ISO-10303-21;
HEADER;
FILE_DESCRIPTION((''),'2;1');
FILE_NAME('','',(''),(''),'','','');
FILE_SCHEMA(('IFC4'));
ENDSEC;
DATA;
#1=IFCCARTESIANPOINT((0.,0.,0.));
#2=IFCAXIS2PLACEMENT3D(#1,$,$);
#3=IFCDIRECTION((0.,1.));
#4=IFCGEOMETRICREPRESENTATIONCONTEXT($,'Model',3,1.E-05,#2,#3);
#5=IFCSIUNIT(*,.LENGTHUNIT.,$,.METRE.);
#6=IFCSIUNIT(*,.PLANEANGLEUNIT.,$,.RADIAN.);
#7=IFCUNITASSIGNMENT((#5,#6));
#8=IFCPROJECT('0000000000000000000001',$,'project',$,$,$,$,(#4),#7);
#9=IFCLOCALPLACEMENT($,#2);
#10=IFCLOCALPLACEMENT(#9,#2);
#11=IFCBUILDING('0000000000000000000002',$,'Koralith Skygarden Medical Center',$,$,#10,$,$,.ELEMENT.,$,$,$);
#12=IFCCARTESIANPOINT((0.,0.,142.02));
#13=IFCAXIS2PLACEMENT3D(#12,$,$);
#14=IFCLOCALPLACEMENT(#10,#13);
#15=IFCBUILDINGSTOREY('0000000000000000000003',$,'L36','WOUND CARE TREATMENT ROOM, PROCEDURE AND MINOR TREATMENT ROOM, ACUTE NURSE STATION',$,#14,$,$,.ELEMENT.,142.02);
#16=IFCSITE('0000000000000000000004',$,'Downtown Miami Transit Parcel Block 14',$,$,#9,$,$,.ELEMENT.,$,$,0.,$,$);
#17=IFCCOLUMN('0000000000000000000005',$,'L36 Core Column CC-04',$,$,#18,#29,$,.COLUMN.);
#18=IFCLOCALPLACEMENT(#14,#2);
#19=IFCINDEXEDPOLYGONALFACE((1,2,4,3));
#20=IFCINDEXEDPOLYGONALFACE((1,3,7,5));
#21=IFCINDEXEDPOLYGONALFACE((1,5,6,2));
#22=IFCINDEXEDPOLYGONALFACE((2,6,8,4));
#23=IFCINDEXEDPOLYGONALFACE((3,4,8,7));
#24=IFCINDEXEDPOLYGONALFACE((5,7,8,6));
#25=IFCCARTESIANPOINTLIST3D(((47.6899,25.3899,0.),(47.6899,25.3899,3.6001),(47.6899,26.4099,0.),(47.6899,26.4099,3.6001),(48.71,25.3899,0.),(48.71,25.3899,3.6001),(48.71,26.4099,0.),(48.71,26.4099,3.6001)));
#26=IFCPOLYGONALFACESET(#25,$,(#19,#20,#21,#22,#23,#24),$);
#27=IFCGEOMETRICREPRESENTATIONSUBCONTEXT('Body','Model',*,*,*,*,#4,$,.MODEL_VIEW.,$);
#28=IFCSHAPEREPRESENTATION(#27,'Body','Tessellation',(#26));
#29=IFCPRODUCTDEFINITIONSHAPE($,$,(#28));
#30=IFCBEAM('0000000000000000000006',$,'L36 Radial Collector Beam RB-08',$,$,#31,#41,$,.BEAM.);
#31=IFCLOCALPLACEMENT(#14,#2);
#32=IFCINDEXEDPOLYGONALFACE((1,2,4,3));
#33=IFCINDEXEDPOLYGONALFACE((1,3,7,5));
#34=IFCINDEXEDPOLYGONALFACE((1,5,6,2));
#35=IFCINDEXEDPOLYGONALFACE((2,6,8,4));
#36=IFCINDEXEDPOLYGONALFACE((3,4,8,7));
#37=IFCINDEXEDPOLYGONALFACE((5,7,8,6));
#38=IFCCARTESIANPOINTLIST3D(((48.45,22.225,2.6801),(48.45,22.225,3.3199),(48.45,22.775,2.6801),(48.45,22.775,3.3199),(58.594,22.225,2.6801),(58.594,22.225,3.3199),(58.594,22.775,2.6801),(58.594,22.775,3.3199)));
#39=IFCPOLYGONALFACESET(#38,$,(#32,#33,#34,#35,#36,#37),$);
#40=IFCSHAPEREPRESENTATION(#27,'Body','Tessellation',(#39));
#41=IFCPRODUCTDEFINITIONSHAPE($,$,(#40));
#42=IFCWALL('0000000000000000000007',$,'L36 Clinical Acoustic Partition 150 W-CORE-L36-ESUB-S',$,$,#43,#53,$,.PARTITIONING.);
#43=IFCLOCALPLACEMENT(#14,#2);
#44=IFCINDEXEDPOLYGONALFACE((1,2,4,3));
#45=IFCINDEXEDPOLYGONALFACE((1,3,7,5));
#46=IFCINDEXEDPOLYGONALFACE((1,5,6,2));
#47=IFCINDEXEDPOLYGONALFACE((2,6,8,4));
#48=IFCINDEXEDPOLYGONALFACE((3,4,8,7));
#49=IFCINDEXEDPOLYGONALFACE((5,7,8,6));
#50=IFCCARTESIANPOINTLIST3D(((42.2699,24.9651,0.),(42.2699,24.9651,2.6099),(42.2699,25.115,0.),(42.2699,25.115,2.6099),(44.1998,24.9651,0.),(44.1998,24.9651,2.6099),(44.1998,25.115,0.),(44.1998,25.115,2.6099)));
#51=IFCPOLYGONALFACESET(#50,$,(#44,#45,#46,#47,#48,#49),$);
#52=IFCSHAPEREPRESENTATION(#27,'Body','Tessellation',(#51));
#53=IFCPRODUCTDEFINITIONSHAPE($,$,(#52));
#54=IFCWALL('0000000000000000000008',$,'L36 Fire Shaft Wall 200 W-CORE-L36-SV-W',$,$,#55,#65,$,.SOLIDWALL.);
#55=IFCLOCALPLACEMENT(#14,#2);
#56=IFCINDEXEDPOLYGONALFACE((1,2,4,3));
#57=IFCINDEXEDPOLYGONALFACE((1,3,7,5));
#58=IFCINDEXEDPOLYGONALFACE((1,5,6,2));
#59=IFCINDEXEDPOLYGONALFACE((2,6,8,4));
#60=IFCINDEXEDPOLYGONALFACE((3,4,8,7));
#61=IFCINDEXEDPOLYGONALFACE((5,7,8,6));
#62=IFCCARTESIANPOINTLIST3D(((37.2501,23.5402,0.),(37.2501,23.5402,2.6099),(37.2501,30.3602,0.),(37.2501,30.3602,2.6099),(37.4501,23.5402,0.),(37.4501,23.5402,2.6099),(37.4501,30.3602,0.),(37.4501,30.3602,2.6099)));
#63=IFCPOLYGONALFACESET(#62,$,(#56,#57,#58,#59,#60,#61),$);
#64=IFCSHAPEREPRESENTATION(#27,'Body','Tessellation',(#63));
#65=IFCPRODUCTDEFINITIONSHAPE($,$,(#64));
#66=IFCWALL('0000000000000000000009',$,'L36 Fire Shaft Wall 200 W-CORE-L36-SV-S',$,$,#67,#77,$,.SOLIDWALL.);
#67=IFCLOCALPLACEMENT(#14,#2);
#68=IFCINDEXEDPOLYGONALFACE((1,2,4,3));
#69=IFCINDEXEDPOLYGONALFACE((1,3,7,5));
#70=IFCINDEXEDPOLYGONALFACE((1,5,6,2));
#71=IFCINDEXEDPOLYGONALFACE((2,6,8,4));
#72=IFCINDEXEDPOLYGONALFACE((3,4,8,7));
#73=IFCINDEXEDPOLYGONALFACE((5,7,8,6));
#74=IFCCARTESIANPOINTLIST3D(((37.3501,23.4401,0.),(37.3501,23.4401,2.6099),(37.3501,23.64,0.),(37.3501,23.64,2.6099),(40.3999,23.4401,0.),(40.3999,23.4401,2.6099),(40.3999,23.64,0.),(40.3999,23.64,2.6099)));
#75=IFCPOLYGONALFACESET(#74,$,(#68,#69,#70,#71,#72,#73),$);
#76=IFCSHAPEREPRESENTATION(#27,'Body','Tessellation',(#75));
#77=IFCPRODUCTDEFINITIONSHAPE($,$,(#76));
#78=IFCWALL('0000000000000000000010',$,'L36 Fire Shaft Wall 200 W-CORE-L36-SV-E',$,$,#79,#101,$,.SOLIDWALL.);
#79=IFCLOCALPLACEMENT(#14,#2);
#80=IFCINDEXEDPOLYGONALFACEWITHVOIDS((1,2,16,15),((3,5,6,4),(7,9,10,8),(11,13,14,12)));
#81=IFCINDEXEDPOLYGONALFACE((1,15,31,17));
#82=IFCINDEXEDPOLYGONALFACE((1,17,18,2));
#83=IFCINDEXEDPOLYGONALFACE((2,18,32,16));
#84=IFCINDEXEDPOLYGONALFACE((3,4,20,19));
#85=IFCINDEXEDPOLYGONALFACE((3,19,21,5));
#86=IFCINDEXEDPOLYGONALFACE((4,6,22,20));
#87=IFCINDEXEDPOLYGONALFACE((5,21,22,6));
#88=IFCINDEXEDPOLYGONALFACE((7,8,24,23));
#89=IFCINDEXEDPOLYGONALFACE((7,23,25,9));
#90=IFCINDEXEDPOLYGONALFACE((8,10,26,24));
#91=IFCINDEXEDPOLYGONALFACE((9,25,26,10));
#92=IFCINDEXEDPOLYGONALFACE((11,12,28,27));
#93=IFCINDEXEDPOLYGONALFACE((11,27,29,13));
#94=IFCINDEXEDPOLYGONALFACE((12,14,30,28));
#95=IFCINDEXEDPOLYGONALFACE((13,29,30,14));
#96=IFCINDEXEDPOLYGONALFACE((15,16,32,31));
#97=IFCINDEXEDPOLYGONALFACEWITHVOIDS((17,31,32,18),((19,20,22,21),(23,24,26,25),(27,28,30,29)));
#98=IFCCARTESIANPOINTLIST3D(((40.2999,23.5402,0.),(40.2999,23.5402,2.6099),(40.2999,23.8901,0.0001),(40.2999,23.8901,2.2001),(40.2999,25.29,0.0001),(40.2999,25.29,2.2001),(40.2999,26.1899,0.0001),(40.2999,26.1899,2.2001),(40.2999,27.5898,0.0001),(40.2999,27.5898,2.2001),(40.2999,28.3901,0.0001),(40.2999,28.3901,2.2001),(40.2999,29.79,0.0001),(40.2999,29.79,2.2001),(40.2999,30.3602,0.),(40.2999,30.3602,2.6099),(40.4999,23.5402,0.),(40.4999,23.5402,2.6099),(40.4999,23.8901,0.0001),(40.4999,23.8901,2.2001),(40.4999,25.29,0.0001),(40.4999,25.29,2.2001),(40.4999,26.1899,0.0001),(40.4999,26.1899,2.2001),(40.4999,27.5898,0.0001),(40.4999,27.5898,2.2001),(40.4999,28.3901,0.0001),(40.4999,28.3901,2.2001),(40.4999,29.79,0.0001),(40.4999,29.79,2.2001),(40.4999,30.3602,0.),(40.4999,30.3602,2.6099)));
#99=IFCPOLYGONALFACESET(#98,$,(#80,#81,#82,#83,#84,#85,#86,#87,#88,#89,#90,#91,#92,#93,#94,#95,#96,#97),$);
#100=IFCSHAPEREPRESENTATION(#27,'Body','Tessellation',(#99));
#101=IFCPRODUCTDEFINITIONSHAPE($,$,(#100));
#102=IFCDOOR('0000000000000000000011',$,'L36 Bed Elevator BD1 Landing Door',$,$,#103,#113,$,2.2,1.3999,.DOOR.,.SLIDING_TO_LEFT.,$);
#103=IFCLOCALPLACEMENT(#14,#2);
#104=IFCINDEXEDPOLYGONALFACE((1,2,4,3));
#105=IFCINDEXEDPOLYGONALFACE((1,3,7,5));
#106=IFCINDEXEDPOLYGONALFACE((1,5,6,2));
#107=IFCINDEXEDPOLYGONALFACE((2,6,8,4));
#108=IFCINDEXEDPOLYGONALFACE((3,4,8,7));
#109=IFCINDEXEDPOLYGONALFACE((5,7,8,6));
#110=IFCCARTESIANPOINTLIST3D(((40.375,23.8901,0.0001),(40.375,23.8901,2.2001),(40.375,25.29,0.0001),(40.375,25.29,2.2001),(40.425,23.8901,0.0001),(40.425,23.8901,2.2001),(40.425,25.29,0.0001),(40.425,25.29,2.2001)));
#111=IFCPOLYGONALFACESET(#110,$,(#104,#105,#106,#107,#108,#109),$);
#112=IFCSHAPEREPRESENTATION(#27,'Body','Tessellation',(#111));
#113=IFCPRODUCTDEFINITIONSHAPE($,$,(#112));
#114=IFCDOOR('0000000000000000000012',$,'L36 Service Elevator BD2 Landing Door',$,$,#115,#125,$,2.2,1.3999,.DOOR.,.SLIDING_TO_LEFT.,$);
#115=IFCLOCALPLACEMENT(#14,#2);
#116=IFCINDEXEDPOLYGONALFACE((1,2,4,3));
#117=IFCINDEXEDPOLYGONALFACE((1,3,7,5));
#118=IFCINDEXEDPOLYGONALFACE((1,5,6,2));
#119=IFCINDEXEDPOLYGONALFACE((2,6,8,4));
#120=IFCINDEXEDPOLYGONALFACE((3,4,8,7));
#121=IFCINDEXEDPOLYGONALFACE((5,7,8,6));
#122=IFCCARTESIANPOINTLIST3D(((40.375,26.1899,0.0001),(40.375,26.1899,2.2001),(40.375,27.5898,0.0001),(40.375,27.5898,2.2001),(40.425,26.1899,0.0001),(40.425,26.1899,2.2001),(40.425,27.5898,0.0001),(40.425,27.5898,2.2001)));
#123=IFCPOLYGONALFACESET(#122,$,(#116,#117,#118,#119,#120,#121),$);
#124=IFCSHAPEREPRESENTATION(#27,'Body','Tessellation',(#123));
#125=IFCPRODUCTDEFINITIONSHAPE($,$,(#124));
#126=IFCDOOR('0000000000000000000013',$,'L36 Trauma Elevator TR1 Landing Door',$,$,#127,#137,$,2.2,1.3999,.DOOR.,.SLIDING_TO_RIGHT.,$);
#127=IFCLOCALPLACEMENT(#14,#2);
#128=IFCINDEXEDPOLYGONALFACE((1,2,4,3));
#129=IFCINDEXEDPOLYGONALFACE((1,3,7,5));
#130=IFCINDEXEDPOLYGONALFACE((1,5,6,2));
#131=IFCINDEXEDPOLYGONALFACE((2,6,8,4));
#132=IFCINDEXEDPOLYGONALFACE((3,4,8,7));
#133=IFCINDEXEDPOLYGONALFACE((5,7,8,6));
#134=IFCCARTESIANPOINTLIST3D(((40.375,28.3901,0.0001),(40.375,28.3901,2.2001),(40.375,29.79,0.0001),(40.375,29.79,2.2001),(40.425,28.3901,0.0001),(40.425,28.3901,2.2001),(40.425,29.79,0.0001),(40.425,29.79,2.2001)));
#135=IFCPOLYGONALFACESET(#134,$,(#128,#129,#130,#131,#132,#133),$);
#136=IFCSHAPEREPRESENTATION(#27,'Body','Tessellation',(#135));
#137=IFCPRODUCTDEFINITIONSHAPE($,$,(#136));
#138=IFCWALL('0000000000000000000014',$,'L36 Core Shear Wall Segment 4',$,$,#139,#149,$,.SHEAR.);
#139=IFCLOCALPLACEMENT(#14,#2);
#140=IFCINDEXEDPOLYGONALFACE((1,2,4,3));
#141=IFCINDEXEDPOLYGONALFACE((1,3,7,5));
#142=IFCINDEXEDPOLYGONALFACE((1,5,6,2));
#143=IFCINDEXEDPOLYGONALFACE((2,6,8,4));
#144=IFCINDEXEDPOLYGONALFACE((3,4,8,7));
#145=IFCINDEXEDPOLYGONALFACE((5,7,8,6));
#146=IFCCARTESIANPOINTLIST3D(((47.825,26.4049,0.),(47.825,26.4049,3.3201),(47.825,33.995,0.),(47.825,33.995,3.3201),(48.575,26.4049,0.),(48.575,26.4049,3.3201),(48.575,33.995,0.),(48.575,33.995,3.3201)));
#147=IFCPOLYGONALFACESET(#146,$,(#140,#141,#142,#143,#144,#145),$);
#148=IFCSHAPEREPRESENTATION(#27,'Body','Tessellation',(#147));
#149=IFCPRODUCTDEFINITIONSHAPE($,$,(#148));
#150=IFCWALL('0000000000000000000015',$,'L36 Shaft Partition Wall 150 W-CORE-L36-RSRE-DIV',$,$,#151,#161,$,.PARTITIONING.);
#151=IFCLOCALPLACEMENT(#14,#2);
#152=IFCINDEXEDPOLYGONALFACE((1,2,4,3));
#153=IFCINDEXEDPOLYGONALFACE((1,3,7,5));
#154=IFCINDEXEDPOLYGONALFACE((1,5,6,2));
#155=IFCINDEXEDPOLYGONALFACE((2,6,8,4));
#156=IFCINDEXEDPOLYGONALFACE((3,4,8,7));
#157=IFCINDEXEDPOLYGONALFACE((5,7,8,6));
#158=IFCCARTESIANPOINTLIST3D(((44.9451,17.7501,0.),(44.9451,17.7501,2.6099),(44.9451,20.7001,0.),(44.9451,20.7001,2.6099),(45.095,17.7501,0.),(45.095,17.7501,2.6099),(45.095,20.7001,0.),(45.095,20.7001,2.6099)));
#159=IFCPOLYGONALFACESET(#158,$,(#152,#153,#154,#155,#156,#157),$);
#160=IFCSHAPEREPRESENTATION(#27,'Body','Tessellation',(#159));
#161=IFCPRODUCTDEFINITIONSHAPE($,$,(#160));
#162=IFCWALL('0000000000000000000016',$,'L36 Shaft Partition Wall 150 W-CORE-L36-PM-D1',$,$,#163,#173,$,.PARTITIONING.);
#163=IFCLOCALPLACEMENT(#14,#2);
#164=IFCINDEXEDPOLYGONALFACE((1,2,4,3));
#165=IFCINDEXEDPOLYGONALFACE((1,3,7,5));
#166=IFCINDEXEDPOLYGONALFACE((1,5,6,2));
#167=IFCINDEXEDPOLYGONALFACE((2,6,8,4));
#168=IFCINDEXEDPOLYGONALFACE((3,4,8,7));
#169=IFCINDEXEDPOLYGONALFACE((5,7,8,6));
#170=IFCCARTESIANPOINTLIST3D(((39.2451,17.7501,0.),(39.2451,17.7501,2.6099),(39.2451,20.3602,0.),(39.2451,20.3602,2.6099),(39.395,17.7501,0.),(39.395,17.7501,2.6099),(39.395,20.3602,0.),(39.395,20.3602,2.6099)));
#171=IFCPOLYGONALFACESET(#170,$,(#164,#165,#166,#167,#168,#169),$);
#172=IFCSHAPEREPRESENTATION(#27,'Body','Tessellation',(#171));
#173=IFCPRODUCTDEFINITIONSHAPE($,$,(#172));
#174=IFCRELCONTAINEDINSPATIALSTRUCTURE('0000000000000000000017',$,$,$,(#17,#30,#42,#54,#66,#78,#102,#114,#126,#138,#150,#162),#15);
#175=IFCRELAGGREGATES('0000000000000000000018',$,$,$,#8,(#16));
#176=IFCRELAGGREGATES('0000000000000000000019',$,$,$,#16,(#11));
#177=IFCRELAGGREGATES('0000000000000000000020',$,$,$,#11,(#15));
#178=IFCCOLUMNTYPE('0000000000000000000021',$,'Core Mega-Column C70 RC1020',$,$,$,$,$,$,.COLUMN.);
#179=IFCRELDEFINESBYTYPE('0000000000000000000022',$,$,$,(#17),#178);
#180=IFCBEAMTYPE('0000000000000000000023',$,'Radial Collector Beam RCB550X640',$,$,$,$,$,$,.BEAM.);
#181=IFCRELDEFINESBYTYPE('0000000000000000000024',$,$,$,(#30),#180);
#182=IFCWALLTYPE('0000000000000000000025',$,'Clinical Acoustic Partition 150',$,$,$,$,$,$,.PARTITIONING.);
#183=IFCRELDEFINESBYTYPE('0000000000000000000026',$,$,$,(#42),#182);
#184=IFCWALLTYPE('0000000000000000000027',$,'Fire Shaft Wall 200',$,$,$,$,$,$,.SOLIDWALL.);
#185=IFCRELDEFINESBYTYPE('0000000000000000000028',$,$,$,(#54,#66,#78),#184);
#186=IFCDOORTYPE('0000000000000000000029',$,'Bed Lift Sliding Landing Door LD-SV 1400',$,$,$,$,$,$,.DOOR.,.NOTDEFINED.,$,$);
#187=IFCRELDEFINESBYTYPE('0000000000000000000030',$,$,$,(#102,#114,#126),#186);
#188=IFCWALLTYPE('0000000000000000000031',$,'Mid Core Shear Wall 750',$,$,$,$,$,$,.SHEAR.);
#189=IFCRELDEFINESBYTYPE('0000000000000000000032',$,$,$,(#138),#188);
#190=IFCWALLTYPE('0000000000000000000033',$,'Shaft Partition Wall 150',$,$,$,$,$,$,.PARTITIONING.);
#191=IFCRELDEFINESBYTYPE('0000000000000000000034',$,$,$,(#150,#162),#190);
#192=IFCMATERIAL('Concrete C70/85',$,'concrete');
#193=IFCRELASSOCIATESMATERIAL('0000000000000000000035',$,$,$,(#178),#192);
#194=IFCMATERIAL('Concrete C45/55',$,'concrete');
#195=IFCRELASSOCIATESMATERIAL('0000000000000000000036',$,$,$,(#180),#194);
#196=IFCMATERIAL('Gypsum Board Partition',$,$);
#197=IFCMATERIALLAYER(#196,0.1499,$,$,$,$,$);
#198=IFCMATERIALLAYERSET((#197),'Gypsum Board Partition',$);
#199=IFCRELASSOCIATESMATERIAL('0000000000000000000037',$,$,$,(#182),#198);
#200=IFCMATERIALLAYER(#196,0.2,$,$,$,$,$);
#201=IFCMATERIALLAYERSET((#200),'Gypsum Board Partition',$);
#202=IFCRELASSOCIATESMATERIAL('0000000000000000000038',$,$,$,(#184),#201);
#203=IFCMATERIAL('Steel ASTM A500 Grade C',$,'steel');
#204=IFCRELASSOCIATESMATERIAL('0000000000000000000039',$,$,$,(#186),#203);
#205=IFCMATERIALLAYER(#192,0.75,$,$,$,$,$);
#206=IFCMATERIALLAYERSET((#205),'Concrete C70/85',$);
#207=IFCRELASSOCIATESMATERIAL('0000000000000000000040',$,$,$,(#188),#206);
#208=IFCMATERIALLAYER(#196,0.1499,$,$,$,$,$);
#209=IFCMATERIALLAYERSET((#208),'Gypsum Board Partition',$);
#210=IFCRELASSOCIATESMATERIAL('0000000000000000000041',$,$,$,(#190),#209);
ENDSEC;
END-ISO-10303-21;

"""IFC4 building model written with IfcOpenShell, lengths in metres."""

from ifc_helpers import new_model, si_unit, direction, frame, frame_2d, origin, origin_2d, place, context, subcontext, project, spatial, rectangle, extrude, material, layer, layer_set, material_profile, profile_set, type_object, element, fill, save


model = new_model("IFC4")

# Units and contexts
model_context = context("Model", 3, precision=1e-05, world=origin(), true_north=direction((0.0, 1.0)))
body_context = subcontext(model_context, "Body", "Model", "MODEL_VIEW")
ifc_project = project(units=[si_unit("LENGTHUNIT", "METRE"), si_unit("PLANEANGLEUNIT", "RADIAN")], contexts=[model_context])

# Site, building, storey
site_placement = place(None, origin())
site = spatial("IfcSite", under=ifc_project, at=site_placement, Name="Downtown Miami Transit Parcel Block 14", CompositionType="ELEMENT", RefElevation=0.0)
building_placement = place(site_placement, origin())
building = spatial("IfcBuilding", under=site, at=building_placement, Name="Koralith Skygarden Medical Center", CompositionType="ELEMENT")
storey_placement = place(building_placement, frame((0.0, 0.0, 142.02)))
storey = spatial("IfcBuildingStorey", under=building, at=storey_placement, Name="L36", Description="WOUND CARE TREATMENT ROOM, PROCEDURE AND MINOR TREATMENT ROOM, ACUTE NURSE STATION", CompositionType="ELEMENT", Elevation=142.02)

# Column
ifc_material_1 = material(Name="Concrete C70/85", Category="concrete")
ifc_material_profile_1 = material_profile(ifc_material_1, rectangle(XDim=1.02, YDim=1.02, at=origin_2d()), Name="RC1020X1020")
ifc_profile_set_1 = profile_set([ifc_material_profile_1], Name="Concrete C70/85")
column_type = type_object("IfcColumnType", Name="Core Mega-Column C70 RC1020", PredefinedType="COLUMN", material=ifc_profile_set_1)
column_placement = place(storey_placement, frame((48.2, 25.8999, 0.0), z_axis=(0.0, 0.0, 1.0), x_axis=(1.0, 0.0, 0.0)))
element("IfcColumn", 1, at=column_placement, inside=storey, type_object=column_type, Name="L36 Core Column CC-04", PredefinedType="COLUMN", context=body_context, shape_type="SweptSolid", body=[
    extrude(rectangle(XDim=1.02, YDim=1.02, at=origin_2d()), origin(), (0.0, 0.0, 1.0), 3.6001),
])

# Beam
ifc_material_2 = material(Name="Concrete C45/55", Category="concrete")
ifc_material_profile_2 = material_profile(ifc_material_2, rectangle(XDim=0.55, YDim=0.6399, at=origin_2d()), Name="RCB550X640")
ifc_profile_set_2 = profile_set([ifc_material_profile_2], Name="Concrete C45/55")
beam_type = type_object("IfcBeamType", Name="Radial Collector Beam RCB550X640", PredefinedType="BEAM", material=ifc_profile_set_2)
beam_placement = place(storey_placement, frame((48.45, 22.5, 3.0), z_axis=(1.0, 0.0, 0.0), x_axis=(0.0, 1.0, 0.0)))
element("IfcBeam", 2, at=beam_placement, inside=storey, type_object=beam_type, Name="L36 Radial Collector Beam RB-08", PredefinedType="BEAM", context=body_context, shape_type="SweptSolid", body=[
    extrude(rectangle(XDim=0.55, YDim=0.6399, at=origin_2d()), origin(), (0.0, 0.0, 1.0), 10.144),
])

# Shared definitions
ifc_material_3 = material(Name="Gypsum Board Partition")
ifc_layer_1 = layer(ifc_material_3, 0.1499)
ifc_layer_set_1 = layer_set([ifc_layer_1], Name="Gypsum Board Partition")
wall_type_1 = type_object("IfcWallType", Name="Clinical Acoustic Partition 150", PredefinedType="PARTITIONING", material=ifc_layer_set_1)

# Wall
wall_1_placement = place(storey_placement, frame((42.27, 25.04, 0.0), z_axis=(0.0, 0.0, 1.0), x_axis=(1.0, 0.0, 0.0)))
element("IfcWall", 3, at=wall_1_placement, inside=storey, type_object=wall_type_1, Name="L36 Clinical Acoustic Partition 150 W-CORE-L36-ESUB-S", PredefinedType="PARTITIONING", context=body_context, shape_type="SweptSolid", body=[
    extrude(rectangle(XDim=1.9299, YDim=0.1499, at=frame_2d((0.9648, 0.0))), origin(), (0.0, 0.0, 1.0), 2.6099),
])

# Shared definitions
ifc_layer_2 = layer(ifc_material_3, 0.2)
ifc_layer_set_2 = layer_set([ifc_layer_2], Name="Gypsum Board Partition")
wall_type_2 = type_object("IfcWallType", Name="Fire Shaft Wall 200", PredefinedType="SOLIDWALL", material=ifc_layer_set_2)
ifc_material_4 = material(Name="Steel ASTM A500 Grade C", Category="steel")

# Walls
wall_2_placement = place(storey_placement, frame((37.3501, 23.54, 0.0), z_axis=(0.0, 0.0, 1.0), x_axis=(0.0, 1.0, 0.0)))
element("IfcWall", 4, at=wall_2_placement, inside=storey, type_object=wall_type_2, Name="L36 Fire Shaft Wall 200 W-CORE-L36-SV-W", PredefinedType="SOLIDWALL", context=body_context, shape_type="SweptSolid", body=[
    extrude(rectangle(XDim=6.8201, YDim=0.2, at=frame_2d((3.4102, 0.0))), origin(), (0.0, 0.0, 1.0), 2.6099),
])
wall_3_placement = place(storey_placement, frame((37.3501, 23.54, 0.0), z_axis=(0.0, 0.0, 1.0), x_axis=(1.0, 0.0, 0.0)))
element("IfcWall", 5, at=wall_3_placement, inside=storey, type_object=wall_type_2, Name="L36 Fire Shaft Wall 200 W-CORE-L36-SV-S", PredefinedType="SOLIDWALL", context=body_context, shape_type="SweptSolid", body=[
    extrude(rectangle(XDim=3.0498, YDim=0.2, at=frame_2d((1.5249, 0.0))), origin(), (0.0, 0.0, 1.0), 2.6099),
])

# Wall, openings, doors
wall_4_placement = place(storey_placement, frame((40.3999, 23.54, 0.0), z_axis=(0.0, 0.0, 1.0), x_axis=(0.0, 1.0, 0.0)))
wall_4 = element("IfcWall", 6, at=wall_4_placement, inside=storey, type_object=wall_type_2, Name="L36 Fire Shaft Wall 200 W-CORE-L36-SV-E", PredefinedType="SOLIDWALL", context=body_context, shape_type="SweptSolid", body=[
    extrude(rectangle(XDim=6.8201, YDim=0.2, at=frame_2d((3.4102, 0.0))), origin(), (0.0, 0.0, 1.0), 2.6099),
])
opening_1_placement = place(wall_4_placement, frame((0.3501, 0.0, 0.0)))
opening_1 = element("IfcOpeningElement", 7, at=opening_1_placement, cuts=wall_4, PredefinedType="OPENING", context=body_context, shape_type="SweptSolid", body=[
    extrude(rectangle(XDim=1.3999, YDim=2.2, at=frame_2d((0.7, 1.1001))), frame((0.0, 0.1099, 0.0), z_axis=(0.0, -1.0, 0.0), x_axis=(1.0, 0.0, 0.0)), (0.0, 0.0, 1.0), 0.22),
])
opening_2_placement = place(wall_4_placement, frame((2.6499, 0.0, 0.0)))
opening_2 = element("IfcOpeningElement", 8, at=opening_2_placement, cuts=wall_4, PredefinedType="OPENING", context=body_context, shape_type="SweptSolid", body=[
    extrude(rectangle(XDim=1.3999, YDim=2.2, at=frame_2d((0.7, 1.1001))), frame((0.0, 0.1099, 0.0), z_axis=(0.0, -1.0, 0.0), x_axis=(1.0, 0.0, 0.0)), (0.0, 0.0, 1.0), 0.22),
])
opening_3_placement = place(wall_4_placement, frame((4.8501, 0.0, 0.0)))
opening_3 = element("IfcOpeningElement", 9, at=opening_3_placement, cuts=wall_4, PredefinedType="OPENING", context=body_context, shape_type="SweptSolid", body=[
    extrude(rectangle(XDim=1.3999, YDim=2.2, at=frame_2d((0.7, 1.1001))), frame((0.0, 0.1099, 0.0), z_axis=(0.0, -1.0, 0.0), x_axis=(1.0, 0.0, 0.0)), (0.0, 0.0, 1.0), 0.22),
])
door_type_1 = type_object("IfcDoorType", Name="Bed Lift Sliding Landing Door LD-SV 1400", OperationType="NOTDEFINED", PredefinedType="DOOR", material=ifc_material_4)
door_1_placement = place(opening_1_placement, origin())
door_1 = element("IfcDoor", 10, at=door_1_placement, inside=storey, type_object=door_type_1, Name="L36 Bed Elevator BD1 Landing Door", OperationType="SLIDING_TO_LEFT", OverallHeight=2.2, OverallWidth=1.3999, PredefinedType="DOOR", context=body_context, shape_type="SweptSolid", body=[
    extrude(rectangle(XDim=1.3999, YDim=2.2, at=frame_2d((0.7, 1.1001))), frame((0.0, 0.0249, 0.0), z_axis=(0.0, -1.0, 0.0), x_axis=(1.0, 0.0, 0.0)), (0.0, 0.0, 1.0), 0.05),
])
fill(opening_1, door_1)
door_2_placement = place(opening_2_placement, origin())
door_2 = element("IfcDoor", 11, at=door_2_placement, inside=storey, type_object=door_type_1, Name="L36 Service Elevator BD2 Landing Door", OperationType="SLIDING_TO_LEFT", OverallHeight=2.2, OverallWidth=1.3999, PredefinedType="DOOR", context=body_context, shape_type="SweptSolid", body=[
    extrude(rectangle(XDim=1.3999, YDim=2.2, at=frame_2d((0.7, 1.1001))), frame((0.0, 0.0249, 0.0), z_axis=(0.0, -1.0, 0.0), x_axis=(1.0, 0.0, 0.0)), (0.0, 0.0, 1.0), 0.05),
])
fill(opening_2, door_2)
door_3_placement = place(opening_3_placement, origin())
door_3 = element("IfcDoor", 12, at=door_3_placement, inside=storey, type_object=door_type_1, Name="L36 Trauma Elevator TR1 Landing Door", OperationType="SLIDING_TO_RIGHT", OverallHeight=2.2, OverallWidth=1.3999, PredefinedType="DOOR", context=body_context, shape_type="SweptSolid", body=[
    extrude(rectangle(XDim=1.3999, YDim=2.2, at=frame_2d((0.7, 1.1001))), frame((0.0, 0.0249, 0.0), z_axis=(0.0, -1.0, 0.0), x_axis=(1.0, 0.0, 0.0)), (0.0, 0.0, 1.0), 0.05),
])
fill(opening_3, door_3)

# Shared definitions
ifc_layer_3 = layer(ifc_material_1, 0.75)
ifc_layer_set_3 = layer_set([ifc_layer_3], Name="Concrete C70/85")
wall_type_3 = type_object("IfcWallType", Name="Mid Core Shear Wall 750", PredefinedType="SHEAR", material=ifc_layer_set_3)

# Walls
wall_5_placement = place(storey_placement, frame((48.2, 26.405, 0.0), z_axis=(0.0, 0.0, 1.0), x_axis=(0.0, 1.0, 0.0)))
element("IfcWall", 13, at=wall_5_placement, inside=storey, type_object=wall_type_3, Name="L36 Core Shear Wall Segment 4", PredefinedType="SHEAR", context=body_context, shape_type="SweptSolid", body=[
    extrude(rectangle(XDim=7.5901, YDim=0.75, at=frame_2d((3.7949, 0.0))), origin(), (0.0, 0.0, 1.0), 3.3201),
])
ifc_layer_4 = layer(ifc_material_3, 0.1499)
ifc_layer_set_4 = layer_set([ifc_layer_4], Name="Gypsum Board Partition")
wall_type_4 = type_object("IfcWallType", Name="Shaft Partition Wall 150", PredefinedType="PARTITIONING", material=ifc_layer_set_4)
wall_6_placement = place(storey_placement, frame((45.02, 17.75, 0.0), z_axis=(0.0, 0.0, 1.0), x_axis=(0.0, 1.0, 0.0)))
element("IfcWall", 14, at=wall_6_placement, inside=storey, type_object=wall_type_4, Name="L36 Shaft Partition Wall 150 W-CORE-L36-RSRE-DIV", PredefinedType="PARTITIONING", context=body_context, shape_type="SweptSolid", body=[
    extrude(rectangle(XDim=2.95, YDim=0.1499, at=frame_2d((1.4751, 0.0))), origin(), (0.0, 0.0, 1.0), 2.6099),
])
for number, where, z_axis, x_axis, name in (
    (15, (39.3201, 17.75, 0.0), (0.0, 0.0, 1.0), (0.0, 1.0, 0.0), "L36 Shaft Partition Wall 150 W-CORE-L36-PM-D1"),
):
    element("IfcWall", number, at=place(storey_placement, frame(where, z_axis=z_axis, x_axis=x_axis)), inside=storey, type_object=wall_type_4, Name=name, PredefinedType="PARTITIONING", context=body_context, shape_type="SweptSolid", body=[
        extrude(rectangle(XDim=2.6101, YDim=0.1499, at=frame_2d((1.3052, 0.0))), origin(), (0.0, 0.0, 1.0), 2.6099),
    ])

save(model, "model.ifc")
